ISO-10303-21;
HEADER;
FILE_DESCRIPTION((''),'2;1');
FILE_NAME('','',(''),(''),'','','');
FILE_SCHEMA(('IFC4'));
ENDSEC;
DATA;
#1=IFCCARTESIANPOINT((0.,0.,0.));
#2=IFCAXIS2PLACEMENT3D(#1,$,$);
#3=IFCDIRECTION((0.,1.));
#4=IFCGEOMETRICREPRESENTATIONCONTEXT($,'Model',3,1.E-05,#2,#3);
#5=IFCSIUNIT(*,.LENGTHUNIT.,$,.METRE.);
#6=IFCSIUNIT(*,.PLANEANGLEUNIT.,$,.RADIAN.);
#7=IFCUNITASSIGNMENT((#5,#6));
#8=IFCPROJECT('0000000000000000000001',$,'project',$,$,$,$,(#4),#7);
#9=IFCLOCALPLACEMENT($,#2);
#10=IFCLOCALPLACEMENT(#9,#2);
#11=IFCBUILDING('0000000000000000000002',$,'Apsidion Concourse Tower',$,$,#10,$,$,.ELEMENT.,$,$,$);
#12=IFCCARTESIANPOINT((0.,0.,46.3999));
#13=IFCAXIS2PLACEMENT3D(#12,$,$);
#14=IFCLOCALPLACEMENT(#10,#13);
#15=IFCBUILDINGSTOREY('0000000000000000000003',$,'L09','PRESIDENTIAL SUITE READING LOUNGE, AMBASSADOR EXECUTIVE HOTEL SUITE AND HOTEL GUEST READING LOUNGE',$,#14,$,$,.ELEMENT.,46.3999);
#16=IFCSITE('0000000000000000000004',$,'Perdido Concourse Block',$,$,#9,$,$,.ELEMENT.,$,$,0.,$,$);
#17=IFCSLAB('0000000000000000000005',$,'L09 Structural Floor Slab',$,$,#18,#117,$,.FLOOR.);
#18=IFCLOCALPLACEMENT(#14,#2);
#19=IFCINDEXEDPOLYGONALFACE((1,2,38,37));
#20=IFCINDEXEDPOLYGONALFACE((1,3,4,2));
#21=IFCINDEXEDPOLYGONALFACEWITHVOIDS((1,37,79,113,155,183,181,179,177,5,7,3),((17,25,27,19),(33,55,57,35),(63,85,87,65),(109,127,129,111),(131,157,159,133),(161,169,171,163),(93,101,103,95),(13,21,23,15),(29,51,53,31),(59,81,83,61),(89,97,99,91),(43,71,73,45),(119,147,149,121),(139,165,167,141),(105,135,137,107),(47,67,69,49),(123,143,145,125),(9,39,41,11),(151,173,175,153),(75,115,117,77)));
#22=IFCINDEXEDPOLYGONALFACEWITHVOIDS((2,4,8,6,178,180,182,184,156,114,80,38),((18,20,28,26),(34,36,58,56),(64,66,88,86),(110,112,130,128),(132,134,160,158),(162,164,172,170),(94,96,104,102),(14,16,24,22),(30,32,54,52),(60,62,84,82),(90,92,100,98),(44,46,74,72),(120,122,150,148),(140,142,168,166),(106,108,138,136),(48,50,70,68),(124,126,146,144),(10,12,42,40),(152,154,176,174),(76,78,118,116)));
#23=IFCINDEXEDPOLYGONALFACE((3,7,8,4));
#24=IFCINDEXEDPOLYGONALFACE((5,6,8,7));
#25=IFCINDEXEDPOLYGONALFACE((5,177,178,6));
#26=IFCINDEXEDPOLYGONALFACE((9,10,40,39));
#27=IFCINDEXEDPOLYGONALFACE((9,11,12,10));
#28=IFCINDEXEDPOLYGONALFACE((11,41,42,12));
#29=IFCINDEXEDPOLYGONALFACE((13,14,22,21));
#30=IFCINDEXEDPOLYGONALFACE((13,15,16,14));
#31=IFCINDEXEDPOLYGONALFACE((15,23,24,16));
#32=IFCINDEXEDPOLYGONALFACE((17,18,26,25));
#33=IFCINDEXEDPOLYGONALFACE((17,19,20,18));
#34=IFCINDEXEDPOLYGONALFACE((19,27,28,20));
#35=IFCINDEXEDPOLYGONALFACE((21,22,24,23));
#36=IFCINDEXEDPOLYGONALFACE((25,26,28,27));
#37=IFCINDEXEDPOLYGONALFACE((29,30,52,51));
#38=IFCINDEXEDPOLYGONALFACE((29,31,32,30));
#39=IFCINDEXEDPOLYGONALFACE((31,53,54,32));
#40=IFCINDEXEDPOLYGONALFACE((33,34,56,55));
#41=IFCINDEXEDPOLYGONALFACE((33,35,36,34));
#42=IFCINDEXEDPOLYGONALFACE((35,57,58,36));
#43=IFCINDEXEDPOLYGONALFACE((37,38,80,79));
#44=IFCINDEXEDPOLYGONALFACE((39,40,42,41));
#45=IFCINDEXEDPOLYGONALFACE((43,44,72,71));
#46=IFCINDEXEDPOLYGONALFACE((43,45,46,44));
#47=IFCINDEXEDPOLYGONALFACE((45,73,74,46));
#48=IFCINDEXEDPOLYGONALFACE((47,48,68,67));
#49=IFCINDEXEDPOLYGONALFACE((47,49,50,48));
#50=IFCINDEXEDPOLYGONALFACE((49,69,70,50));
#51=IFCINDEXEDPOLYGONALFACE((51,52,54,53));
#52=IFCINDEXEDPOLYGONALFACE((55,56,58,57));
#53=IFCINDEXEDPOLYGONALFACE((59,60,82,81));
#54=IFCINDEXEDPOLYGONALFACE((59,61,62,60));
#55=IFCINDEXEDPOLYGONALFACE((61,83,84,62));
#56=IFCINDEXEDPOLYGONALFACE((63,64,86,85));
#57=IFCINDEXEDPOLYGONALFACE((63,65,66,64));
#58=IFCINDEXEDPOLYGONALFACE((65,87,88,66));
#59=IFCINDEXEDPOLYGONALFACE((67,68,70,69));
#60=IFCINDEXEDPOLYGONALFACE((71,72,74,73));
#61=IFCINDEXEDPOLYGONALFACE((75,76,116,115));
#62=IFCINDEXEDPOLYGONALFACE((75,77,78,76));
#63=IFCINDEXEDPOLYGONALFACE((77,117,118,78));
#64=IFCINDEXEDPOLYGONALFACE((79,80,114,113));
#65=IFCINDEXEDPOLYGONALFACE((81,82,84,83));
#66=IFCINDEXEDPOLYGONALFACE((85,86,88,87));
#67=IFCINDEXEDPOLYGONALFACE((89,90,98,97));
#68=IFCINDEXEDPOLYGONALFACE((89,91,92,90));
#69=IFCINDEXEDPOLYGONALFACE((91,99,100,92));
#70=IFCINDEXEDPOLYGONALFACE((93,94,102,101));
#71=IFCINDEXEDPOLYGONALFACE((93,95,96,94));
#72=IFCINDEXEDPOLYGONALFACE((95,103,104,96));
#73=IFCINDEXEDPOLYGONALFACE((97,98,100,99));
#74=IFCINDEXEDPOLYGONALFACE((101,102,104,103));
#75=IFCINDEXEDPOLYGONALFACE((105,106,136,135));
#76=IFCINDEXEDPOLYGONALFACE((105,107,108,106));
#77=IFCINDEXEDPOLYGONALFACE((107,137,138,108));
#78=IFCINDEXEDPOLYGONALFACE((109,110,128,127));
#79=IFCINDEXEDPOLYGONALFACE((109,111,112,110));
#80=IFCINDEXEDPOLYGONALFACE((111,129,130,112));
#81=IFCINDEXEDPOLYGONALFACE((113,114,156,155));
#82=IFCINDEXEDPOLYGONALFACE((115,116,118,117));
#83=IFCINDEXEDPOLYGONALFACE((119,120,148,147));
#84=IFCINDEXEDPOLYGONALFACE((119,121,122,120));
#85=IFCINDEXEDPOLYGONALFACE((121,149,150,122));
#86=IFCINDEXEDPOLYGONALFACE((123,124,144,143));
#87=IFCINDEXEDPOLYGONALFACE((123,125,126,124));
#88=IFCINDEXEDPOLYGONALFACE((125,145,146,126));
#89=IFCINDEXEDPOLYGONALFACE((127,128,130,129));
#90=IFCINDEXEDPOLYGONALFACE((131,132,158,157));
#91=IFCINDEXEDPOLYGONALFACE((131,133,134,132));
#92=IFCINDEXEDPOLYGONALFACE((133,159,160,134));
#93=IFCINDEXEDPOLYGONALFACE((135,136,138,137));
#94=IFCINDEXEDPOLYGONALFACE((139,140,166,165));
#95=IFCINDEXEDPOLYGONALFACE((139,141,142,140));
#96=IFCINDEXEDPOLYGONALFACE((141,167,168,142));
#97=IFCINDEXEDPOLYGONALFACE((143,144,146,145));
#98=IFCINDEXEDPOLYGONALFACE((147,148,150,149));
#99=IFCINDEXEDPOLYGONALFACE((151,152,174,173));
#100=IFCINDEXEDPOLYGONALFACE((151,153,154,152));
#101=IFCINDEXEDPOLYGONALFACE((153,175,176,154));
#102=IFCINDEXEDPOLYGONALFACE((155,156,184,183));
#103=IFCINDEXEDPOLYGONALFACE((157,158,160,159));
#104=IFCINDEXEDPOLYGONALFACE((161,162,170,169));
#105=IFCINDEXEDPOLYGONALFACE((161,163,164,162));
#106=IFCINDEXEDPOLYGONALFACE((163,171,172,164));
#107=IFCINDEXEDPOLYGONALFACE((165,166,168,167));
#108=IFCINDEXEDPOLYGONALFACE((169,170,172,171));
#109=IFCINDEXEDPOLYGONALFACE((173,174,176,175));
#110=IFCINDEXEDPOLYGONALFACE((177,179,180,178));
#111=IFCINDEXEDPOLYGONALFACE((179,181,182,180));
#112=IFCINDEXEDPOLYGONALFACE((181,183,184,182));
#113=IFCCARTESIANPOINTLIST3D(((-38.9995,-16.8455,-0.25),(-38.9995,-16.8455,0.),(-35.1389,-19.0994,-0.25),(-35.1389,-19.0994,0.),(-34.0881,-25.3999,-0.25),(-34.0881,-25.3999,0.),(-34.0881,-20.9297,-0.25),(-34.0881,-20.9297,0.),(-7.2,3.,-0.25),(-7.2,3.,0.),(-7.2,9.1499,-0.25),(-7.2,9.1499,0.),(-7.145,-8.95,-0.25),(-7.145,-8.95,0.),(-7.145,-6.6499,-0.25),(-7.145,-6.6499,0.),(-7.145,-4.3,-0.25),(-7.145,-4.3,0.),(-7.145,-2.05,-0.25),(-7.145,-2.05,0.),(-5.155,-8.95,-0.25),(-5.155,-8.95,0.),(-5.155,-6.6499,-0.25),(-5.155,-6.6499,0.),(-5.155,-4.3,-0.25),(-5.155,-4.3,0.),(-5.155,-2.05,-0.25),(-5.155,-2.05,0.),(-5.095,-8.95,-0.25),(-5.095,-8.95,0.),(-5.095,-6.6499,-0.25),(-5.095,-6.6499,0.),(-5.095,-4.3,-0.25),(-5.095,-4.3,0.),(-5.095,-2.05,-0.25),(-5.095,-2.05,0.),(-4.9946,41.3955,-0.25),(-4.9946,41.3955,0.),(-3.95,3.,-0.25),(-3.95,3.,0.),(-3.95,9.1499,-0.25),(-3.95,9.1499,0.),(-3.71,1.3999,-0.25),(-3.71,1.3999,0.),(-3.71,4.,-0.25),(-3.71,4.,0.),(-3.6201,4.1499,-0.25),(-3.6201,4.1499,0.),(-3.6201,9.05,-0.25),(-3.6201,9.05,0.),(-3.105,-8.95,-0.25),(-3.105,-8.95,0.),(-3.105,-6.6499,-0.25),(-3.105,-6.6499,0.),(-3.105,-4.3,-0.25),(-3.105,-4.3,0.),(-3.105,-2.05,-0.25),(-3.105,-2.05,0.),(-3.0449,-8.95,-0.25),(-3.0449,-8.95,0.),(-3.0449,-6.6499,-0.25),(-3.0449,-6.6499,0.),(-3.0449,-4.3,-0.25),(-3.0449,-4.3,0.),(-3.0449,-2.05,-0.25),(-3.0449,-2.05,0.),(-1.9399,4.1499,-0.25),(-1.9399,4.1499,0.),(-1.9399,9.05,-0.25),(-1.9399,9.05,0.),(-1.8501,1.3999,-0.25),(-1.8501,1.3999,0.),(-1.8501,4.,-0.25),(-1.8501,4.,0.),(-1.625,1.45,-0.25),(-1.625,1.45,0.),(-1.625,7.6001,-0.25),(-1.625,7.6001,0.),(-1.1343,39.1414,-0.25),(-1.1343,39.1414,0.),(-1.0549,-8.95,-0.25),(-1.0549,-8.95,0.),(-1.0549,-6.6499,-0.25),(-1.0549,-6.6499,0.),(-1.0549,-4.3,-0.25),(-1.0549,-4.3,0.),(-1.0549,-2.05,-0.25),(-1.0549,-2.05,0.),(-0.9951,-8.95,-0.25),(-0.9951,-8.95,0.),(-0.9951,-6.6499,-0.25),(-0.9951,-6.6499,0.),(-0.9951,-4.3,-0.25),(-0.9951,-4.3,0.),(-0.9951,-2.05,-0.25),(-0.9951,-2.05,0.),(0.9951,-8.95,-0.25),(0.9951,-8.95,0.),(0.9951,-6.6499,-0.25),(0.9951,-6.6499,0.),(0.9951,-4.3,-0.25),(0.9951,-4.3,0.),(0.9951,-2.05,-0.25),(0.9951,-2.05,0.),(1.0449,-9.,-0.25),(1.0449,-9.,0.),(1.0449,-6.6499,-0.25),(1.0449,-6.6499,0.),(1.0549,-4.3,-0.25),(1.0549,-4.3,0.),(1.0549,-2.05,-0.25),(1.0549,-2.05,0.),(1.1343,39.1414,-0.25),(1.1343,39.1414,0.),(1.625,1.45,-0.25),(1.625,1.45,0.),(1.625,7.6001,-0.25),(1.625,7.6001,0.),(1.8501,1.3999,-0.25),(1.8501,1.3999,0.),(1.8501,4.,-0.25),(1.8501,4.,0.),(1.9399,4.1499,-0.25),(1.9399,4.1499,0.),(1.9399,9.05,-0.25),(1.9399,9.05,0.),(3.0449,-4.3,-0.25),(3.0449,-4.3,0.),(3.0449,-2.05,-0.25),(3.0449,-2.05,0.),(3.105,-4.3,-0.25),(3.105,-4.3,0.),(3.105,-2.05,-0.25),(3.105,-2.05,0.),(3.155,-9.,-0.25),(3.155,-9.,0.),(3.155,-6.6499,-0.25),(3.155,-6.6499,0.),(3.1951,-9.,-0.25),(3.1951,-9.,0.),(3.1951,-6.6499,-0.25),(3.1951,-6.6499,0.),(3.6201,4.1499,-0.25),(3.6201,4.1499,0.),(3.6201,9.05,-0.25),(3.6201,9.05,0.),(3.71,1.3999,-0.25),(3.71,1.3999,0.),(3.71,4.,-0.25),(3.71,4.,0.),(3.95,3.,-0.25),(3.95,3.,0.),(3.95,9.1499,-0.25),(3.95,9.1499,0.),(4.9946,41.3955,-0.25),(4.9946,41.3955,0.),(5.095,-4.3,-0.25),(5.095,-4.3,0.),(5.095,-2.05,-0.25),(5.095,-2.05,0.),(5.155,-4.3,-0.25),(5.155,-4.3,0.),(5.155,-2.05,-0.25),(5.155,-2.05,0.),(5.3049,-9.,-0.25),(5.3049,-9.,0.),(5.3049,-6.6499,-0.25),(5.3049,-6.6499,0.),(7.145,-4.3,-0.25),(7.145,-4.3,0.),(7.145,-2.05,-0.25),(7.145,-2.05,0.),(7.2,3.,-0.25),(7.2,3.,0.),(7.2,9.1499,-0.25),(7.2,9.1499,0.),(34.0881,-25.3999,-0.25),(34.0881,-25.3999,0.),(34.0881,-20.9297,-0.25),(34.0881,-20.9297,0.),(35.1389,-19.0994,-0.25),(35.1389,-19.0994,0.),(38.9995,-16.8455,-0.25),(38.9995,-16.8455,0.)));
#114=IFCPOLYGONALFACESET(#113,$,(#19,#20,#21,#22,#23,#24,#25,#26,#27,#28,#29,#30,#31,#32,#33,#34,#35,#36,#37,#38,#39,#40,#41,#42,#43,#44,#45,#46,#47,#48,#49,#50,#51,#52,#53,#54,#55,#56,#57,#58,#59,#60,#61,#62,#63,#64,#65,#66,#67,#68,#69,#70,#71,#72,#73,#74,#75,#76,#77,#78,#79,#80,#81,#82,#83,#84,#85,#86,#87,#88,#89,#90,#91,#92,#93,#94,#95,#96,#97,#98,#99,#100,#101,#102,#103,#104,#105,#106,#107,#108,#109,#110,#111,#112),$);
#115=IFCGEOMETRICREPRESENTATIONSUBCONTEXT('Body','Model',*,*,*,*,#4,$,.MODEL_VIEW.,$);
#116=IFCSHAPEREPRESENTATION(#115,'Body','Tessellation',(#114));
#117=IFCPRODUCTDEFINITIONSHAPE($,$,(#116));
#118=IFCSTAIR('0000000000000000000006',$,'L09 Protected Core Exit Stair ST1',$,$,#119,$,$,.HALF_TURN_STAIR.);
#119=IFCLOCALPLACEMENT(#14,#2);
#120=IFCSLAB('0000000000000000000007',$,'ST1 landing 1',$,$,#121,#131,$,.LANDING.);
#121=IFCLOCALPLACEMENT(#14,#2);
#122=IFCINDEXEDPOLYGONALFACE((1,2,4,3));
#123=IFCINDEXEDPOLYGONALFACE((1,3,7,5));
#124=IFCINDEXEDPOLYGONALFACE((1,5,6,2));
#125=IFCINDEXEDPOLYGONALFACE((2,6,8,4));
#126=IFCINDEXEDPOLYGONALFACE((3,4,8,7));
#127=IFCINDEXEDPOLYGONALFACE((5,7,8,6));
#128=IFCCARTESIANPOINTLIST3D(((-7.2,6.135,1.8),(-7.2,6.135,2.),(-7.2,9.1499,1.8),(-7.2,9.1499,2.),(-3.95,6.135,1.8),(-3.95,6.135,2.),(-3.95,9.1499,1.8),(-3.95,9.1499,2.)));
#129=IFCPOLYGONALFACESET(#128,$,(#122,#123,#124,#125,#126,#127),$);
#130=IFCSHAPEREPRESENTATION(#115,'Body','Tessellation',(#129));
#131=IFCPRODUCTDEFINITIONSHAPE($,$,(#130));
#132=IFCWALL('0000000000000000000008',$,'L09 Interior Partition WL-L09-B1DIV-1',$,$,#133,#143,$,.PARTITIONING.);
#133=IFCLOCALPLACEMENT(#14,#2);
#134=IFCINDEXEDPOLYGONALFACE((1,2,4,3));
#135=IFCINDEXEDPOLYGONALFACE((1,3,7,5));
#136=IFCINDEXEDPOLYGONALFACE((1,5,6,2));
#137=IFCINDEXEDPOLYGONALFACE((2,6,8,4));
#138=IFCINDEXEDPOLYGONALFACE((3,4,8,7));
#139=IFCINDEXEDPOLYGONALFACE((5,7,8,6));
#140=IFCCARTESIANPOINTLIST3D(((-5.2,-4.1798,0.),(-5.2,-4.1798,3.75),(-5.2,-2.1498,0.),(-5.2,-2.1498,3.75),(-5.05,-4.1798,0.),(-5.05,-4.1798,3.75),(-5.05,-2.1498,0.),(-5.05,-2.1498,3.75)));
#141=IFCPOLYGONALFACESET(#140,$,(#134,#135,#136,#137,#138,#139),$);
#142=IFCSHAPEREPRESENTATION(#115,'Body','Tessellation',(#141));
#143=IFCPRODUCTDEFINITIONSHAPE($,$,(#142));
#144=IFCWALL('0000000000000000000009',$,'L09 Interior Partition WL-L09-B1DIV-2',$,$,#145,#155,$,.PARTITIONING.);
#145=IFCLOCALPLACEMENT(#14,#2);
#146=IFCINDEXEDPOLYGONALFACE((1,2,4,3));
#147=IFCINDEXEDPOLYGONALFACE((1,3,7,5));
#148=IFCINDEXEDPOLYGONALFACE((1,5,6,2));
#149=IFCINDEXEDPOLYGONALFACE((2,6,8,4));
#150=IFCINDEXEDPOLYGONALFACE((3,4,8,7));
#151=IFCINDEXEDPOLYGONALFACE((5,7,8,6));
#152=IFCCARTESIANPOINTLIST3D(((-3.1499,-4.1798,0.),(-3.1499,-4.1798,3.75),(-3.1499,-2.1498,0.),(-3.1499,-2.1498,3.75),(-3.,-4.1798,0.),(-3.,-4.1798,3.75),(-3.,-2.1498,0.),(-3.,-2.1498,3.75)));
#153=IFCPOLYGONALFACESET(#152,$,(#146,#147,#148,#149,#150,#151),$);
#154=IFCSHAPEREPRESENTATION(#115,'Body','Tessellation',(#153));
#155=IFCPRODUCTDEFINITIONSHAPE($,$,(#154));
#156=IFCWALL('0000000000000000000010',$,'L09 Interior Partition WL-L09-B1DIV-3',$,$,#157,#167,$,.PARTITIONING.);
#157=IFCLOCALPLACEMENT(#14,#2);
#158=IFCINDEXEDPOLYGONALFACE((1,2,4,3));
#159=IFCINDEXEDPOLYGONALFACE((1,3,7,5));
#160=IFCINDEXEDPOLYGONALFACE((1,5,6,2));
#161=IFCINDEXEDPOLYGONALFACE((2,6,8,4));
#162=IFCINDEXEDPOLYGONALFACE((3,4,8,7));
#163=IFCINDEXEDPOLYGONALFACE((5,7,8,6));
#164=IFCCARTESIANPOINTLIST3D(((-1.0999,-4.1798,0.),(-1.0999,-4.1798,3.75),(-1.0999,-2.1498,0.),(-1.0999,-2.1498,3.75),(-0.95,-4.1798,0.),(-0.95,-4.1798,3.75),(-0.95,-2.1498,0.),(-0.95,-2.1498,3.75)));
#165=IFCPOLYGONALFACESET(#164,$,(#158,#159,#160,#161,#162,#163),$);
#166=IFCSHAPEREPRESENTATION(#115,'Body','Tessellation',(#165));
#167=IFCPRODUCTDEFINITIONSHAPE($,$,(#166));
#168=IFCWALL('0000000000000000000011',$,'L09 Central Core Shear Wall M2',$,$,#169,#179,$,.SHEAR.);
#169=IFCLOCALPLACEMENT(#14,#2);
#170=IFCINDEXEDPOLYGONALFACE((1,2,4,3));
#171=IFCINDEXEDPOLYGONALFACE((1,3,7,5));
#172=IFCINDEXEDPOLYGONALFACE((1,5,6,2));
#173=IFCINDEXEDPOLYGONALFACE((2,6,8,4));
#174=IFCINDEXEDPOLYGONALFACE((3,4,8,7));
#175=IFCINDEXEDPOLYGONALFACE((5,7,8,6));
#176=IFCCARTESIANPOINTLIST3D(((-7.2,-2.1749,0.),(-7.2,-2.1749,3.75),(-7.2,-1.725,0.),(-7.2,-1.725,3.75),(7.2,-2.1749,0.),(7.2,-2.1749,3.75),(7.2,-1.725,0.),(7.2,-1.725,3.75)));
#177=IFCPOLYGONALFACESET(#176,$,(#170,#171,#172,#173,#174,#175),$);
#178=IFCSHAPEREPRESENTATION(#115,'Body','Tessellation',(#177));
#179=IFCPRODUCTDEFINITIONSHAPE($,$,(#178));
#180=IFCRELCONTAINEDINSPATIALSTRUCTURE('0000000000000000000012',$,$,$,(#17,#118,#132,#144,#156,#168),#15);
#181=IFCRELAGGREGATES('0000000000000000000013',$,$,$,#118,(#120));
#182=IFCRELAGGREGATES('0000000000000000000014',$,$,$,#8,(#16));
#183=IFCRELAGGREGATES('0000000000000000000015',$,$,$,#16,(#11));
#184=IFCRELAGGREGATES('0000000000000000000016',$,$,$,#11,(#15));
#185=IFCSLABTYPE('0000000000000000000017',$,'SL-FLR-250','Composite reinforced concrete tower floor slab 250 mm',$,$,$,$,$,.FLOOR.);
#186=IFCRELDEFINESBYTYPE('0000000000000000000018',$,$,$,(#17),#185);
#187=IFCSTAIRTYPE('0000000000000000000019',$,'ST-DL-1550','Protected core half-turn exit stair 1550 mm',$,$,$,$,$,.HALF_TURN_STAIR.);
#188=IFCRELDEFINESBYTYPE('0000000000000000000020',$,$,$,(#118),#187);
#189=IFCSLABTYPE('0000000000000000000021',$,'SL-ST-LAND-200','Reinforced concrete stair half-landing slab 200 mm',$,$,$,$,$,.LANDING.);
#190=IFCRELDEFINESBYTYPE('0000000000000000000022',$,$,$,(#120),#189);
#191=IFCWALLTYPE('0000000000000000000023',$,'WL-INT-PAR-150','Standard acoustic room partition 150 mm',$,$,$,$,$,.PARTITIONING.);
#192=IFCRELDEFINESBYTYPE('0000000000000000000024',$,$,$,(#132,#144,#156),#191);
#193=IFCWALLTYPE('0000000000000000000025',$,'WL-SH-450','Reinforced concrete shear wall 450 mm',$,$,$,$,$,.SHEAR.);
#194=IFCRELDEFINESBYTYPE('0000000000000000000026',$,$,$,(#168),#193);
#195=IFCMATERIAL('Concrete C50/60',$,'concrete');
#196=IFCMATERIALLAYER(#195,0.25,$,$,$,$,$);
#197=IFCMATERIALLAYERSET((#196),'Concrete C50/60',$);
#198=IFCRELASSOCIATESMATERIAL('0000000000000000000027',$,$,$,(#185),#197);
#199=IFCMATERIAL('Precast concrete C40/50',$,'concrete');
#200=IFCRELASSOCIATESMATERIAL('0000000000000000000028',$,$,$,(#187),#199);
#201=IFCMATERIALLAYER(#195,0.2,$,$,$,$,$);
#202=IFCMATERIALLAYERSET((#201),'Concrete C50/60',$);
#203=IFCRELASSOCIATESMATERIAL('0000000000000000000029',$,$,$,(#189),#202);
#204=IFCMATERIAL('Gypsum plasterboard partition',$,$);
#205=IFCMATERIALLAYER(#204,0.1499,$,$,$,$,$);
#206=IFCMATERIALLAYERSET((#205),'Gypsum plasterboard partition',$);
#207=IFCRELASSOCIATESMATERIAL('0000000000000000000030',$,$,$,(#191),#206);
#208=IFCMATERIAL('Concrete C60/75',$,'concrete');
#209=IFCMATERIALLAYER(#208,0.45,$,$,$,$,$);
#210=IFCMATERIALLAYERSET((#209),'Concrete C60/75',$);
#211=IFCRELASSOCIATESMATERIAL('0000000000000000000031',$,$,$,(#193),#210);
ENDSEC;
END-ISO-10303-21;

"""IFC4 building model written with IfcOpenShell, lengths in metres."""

from ifc_helpers import new_model, si_unit, direction, frame, frame_2d, origin, place, context, subcontext, project, spatial, polyline, rectangle, outline, extrude, material, layer, layer_set, type_object, element, aggregate, save


model = new_model("IFC4")

# Units and contexts
model_context = context("Model", 3, precision=1e-05, world=origin(), true_north=direction((0.0, 1.0)))
body_context = subcontext(model_context, "Body", "Model", "MODEL_VIEW")
ifc_project = project(units=[si_unit("LENGTHUNIT", "METRE"), si_unit("PLANEANGLEUNIT", "RADIAN")], contexts=[model_context])

# Site, building, storey
site_placement = place(None, origin())
site = spatial("IfcSite", under=ifc_project, at=site_placement, Name="Perdido Concourse Block", CompositionType="ELEMENT", RefElevation=0.0)
building_placement = place(site_placement, origin())
building = spatial("IfcBuilding", under=site, at=building_placement, Name="Apsidion Concourse Tower", CompositionType="ELEMENT")
storey_placement = place(building_placement, frame((0.0, 0.0, 46.3999)))
storey = spatial("IfcBuildingStorey", under=building, at=storey_placement, Name="L09", Description="PRESIDENTIAL SUITE READING LOUNGE, AMBASSADOR EXECUTIVE HOTEL SUITE AND HOTEL GUEST READING LOUNGE", CompositionType="ELEMENT", Elevation=46.3999)

# Slab
ifc_material_1 = material(Name="Concrete C50/60", Category="concrete")
ifc_layer_1 = layer(ifc_material_1, 0.25)
ifc_layer_set_1 = layer_set([ifc_layer_1], Name="Concrete C50/60")
slab_type_1 = type_object("IfcSlabType", Name="SL-FLR-250", Description="Composite reinforced concrete tower floor slab 250 mm", PredefinedType="FLOOR", material=ifc_layer_set_1)
slab_1_placement = place(storey_placement, frame((0.0, 0.0, -0.25)))
element("IfcSlab", 1, at=slab_1_placement, inside=storey, type_object=slab_type_1, Name="L09 Structural Floor Slab", PredefinedType="FLOOR", context=body_context, shape_type="SweptSolid", body=[
    extrude(outline(polyline([(4.9946, 41.3955), (1.1343, 39.1414), (-1.1343, 39.1414), (-4.9946, 41.3955), (-38.9995, -16.8455), (-35.1389, -19.0994), (-34.0881, -20.9297), (-34.0881, -25.3999), (34.0881, -25.3999), (34.0881, -20.9297), (35.1389, -19.0994), (38.9995, -16.8455), (4.9946, 41.3955)]), holes=[polyline([(-3.95, 3.0), (-3.95, 9.1499), (-7.2, 9.1499), (-7.2, 3.0), (-3.95, 3.0)]), polyline([(7.2, 3.0), (7.2, 9.1499), (3.95, 9.1499), (3.95, 3.0), (7.2, 3.0)]), polyline([(-1.625, 7.6001), (-1.625, 1.45), (1.625, 1.45), (1.625, 7.6001), (-1.625, 7.6001)]), polyline([(-7.145, -4.3), (-5.155, -4.3), (-5.155, -2.05), (-7.145, -2.05), (-7.145, -4.3)]), polyline([(-5.095, -4.3), (-3.105, -4.3), (-3.105, -2.05), (-5.095, -2.05), (-5.095, -4.3)]), polyline([(-3.0449, -4.3), (-1.0549, -4.3), (-1.0549, -2.05), (-3.0449, -2.05), (-3.0449, -4.3)]), polyline([(-0.9951, -4.3), (0.9951, -4.3), (0.9951, -2.05), (-0.9951, -2.05), (-0.9951, -4.3)]), polyline([(1.0549, -4.3), (3.0449, -4.3), (3.0449, -2.05), (1.0549, -2.05), (1.0549, -4.3)]), polyline([(3.105, -4.3), (5.095, -4.3), (5.095, -2.05), (3.105, -2.05), (3.105, -4.3)]), polyline([(5.155, -4.3), (7.145, -4.3), (7.145, -2.05), (5.155, -2.05), (5.155, -4.3)]), polyline([(-7.145, -8.95), (-5.155, -8.95), (-5.155, -6.6499), (-7.145, -6.6499), (-7.145, -8.95)]), polyline([(-5.095, -8.95), (-3.105, -8.95), (-3.105, -6.6499), (-5.095, -6.6499), (-5.095, -8.95)]), polyline([(-3.0449, -8.95), (-1.0549, -8.95), (-1.0549, -6.6499), (-3.0449, -6.6499), (-3.0449, -8.95)]), polyline([(-0.9951, -8.95), (0.9951, -8.95), (0.9951, -6.6499), (-0.9951, -6.6499), (-0.9951, -8.95)]), polyline([(1.0449, -9.0), (3.155, -9.0), (3.155, -6.6499), (1.0449, -6.6499), (1.0449, -9.0)]), polyline([(3.1951, -9.0), (5.3049, -9.0), (5.3049, -6.6499), (3.1951, -6.6499), (3.1951, -9.0)]), polyline([(-3.71, 1.3999), (-1.8501, 1.3999), (-1.8501, 4.0), (-3.71, 4.0), (-3.71, 1.3999)]), polyline([(1.8501, 1.3999), (3.71, 1.3999), (3.71, 4.0), (1.8501, 4.0), (1.8501, 1.3999)]), polyline([(-3.6201, 4.1499), (-1.9399, 4.1499), (-1.9399, 9.05), (-3.6201, 9.05), (-3.6201, 4.1499)]), polyline([(1.9399, 4.1499), (3.6201, 4.1499), (3.6201, 9.05), (1.9399, 9.05), (1.9399, 4.1499)])]), origin(), (0.0, 0.0, 1.0), 0.25),
])

# Stair, slab
ifc_material_2 = material(Name="Precast concrete C40/50", Category="concrete")
stair_type = type_object("IfcStairType", Name="ST-DL-1550", Description="Protected core half-turn exit stair 1550 mm", PredefinedType="HALF_TURN_STAIR", material=ifc_material_2)
stair_placement = place(storey_placement, origin())
stair = element("IfcStair", 2, at=stair_placement, inside=storey, type_object=stair_type, Name="L09 Protected Core Exit Stair ST1", PredefinedType="HALF_TURN_STAIR")
ifc_layer_2 = layer(ifc_material_1, 0.2)
ifc_layer_set_2 = layer_set([ifc_layer_2], Name="Concrete C50/60")
slab_type_2 = type_object("IfcSlabType", Name="SL-ST-LAND-200", Description="Reinforced concrete stair half-landing slab 200 mm", PredefinedType="LANDING", material=ifc_layer_set_2)
slab_2_placement = place(storey_placement, frame((0.0, 0.0, 1.8)))
slab_2 = element("IfcSlab", 3, at=slab_2_placement, type_object=slab_type_2, Name="ST1 landing 1", PredefinedType="LANDING", context=body_context, shape_type="SweptSolid", body=[
    extrude(outline(polyline([(-3.95, 6.135), (-3.95, 9.1499), (-7.2, 9.1499), (-7.2, 6.135), (-3.95, 6.135)])), origin(), (0.0, 0.0, 1.0), 0.2),
])
aggregate(stair, [slab_2])

# Walls
ifc_material_3 = material(Name="Gypsum plasterboard partition")
ifc_layer_3 = layer(ifc_material_3, 0.1499)
ifc_layer_set_3 = layer_set([ifc_layer_3], Name="Gypsum plasterboard partition")
wall_type_1 = type_object("IfcWallType", Name="WL-INT-PAR-150", Description="Standard acoustic room partition 150 mm", PredefinedType="PARTITIONING", material=ifc_layer_set_3)
for number, where, z_axis, x_axis, name in (
    (4, (-5.125, -4.1799, 0.0), (0.0, 0.0, 1.0), (0.0, 1.0, 0.0), "L09 Interior Partition WL-L09-B1DIV-1"),
    (5, (-3.075, -4.1799, 0.0), (0.0, 0.0, 1.0), (0.0, 1.0, 0.0), "L09 Interior Partition WL-L09-B1DIV-2"),
    (6, (-1.0249, -4.1799, 0.0), (0.0, 0.0, 1.0), (0.0, 1.0, 0.0), "L09 Interior Partition WL-L09-B1DIV-3"),
):
    element("IfcWall", number, at=place(storey_placement, frame(where, z_axis=z_axis, x_axis=x_axis)), inside=storey, type_object=wall_type_1, Name=name, PredefinedType="PARTITIONING", context=body_context, shape_type="SweptSolid", body=[
        extrude(rectangle(XDim=2.03, YDim=0.1499, at=frame_2d((1.0151, 0.0))), origin(), (0.0, 0.0, 1.0), 3.75),
    ])

# Shared definitions
ifc_material_4 = material(Name="Concrete C60/75", Category="concrete")
ifc_layer_4 = layer(ifc_material_4, 0.45)
ifc_layer_set_4 = layer_set([ifc_layer_4], Name="Concrete C60/75")
wall_type_2 = type_object("IfcWallType", Name="WL-SH-450", Description="Reinforced concrete shear wall 450 mm", PredefinedType="SHEAR", material=ifc_layer_set_4)

# Wall
wall_1_placement = place(storey_placement, frame((-7.2, -1.95, 0.0), z_axis=(0.0, 0.0, 1.0), x_axis=(1.0, 0.0, 0.0)))
element("IfcWall", 7, at=wall_1_placement, inside=storey, type_object=wall_type_2, Name="L09 Central Core Shear Wall M2", PredefinedType="SHEAR", context=body_context, shape_type="SweptSolid", body=[
    extrude(rectangle(XDim=14.3999, YDim=0.45, at=frame_2d((7.2, 0.0))), origin(), (0.0, 0.0, 1.0), 3.75),
])

save(model, "model.ifc")
